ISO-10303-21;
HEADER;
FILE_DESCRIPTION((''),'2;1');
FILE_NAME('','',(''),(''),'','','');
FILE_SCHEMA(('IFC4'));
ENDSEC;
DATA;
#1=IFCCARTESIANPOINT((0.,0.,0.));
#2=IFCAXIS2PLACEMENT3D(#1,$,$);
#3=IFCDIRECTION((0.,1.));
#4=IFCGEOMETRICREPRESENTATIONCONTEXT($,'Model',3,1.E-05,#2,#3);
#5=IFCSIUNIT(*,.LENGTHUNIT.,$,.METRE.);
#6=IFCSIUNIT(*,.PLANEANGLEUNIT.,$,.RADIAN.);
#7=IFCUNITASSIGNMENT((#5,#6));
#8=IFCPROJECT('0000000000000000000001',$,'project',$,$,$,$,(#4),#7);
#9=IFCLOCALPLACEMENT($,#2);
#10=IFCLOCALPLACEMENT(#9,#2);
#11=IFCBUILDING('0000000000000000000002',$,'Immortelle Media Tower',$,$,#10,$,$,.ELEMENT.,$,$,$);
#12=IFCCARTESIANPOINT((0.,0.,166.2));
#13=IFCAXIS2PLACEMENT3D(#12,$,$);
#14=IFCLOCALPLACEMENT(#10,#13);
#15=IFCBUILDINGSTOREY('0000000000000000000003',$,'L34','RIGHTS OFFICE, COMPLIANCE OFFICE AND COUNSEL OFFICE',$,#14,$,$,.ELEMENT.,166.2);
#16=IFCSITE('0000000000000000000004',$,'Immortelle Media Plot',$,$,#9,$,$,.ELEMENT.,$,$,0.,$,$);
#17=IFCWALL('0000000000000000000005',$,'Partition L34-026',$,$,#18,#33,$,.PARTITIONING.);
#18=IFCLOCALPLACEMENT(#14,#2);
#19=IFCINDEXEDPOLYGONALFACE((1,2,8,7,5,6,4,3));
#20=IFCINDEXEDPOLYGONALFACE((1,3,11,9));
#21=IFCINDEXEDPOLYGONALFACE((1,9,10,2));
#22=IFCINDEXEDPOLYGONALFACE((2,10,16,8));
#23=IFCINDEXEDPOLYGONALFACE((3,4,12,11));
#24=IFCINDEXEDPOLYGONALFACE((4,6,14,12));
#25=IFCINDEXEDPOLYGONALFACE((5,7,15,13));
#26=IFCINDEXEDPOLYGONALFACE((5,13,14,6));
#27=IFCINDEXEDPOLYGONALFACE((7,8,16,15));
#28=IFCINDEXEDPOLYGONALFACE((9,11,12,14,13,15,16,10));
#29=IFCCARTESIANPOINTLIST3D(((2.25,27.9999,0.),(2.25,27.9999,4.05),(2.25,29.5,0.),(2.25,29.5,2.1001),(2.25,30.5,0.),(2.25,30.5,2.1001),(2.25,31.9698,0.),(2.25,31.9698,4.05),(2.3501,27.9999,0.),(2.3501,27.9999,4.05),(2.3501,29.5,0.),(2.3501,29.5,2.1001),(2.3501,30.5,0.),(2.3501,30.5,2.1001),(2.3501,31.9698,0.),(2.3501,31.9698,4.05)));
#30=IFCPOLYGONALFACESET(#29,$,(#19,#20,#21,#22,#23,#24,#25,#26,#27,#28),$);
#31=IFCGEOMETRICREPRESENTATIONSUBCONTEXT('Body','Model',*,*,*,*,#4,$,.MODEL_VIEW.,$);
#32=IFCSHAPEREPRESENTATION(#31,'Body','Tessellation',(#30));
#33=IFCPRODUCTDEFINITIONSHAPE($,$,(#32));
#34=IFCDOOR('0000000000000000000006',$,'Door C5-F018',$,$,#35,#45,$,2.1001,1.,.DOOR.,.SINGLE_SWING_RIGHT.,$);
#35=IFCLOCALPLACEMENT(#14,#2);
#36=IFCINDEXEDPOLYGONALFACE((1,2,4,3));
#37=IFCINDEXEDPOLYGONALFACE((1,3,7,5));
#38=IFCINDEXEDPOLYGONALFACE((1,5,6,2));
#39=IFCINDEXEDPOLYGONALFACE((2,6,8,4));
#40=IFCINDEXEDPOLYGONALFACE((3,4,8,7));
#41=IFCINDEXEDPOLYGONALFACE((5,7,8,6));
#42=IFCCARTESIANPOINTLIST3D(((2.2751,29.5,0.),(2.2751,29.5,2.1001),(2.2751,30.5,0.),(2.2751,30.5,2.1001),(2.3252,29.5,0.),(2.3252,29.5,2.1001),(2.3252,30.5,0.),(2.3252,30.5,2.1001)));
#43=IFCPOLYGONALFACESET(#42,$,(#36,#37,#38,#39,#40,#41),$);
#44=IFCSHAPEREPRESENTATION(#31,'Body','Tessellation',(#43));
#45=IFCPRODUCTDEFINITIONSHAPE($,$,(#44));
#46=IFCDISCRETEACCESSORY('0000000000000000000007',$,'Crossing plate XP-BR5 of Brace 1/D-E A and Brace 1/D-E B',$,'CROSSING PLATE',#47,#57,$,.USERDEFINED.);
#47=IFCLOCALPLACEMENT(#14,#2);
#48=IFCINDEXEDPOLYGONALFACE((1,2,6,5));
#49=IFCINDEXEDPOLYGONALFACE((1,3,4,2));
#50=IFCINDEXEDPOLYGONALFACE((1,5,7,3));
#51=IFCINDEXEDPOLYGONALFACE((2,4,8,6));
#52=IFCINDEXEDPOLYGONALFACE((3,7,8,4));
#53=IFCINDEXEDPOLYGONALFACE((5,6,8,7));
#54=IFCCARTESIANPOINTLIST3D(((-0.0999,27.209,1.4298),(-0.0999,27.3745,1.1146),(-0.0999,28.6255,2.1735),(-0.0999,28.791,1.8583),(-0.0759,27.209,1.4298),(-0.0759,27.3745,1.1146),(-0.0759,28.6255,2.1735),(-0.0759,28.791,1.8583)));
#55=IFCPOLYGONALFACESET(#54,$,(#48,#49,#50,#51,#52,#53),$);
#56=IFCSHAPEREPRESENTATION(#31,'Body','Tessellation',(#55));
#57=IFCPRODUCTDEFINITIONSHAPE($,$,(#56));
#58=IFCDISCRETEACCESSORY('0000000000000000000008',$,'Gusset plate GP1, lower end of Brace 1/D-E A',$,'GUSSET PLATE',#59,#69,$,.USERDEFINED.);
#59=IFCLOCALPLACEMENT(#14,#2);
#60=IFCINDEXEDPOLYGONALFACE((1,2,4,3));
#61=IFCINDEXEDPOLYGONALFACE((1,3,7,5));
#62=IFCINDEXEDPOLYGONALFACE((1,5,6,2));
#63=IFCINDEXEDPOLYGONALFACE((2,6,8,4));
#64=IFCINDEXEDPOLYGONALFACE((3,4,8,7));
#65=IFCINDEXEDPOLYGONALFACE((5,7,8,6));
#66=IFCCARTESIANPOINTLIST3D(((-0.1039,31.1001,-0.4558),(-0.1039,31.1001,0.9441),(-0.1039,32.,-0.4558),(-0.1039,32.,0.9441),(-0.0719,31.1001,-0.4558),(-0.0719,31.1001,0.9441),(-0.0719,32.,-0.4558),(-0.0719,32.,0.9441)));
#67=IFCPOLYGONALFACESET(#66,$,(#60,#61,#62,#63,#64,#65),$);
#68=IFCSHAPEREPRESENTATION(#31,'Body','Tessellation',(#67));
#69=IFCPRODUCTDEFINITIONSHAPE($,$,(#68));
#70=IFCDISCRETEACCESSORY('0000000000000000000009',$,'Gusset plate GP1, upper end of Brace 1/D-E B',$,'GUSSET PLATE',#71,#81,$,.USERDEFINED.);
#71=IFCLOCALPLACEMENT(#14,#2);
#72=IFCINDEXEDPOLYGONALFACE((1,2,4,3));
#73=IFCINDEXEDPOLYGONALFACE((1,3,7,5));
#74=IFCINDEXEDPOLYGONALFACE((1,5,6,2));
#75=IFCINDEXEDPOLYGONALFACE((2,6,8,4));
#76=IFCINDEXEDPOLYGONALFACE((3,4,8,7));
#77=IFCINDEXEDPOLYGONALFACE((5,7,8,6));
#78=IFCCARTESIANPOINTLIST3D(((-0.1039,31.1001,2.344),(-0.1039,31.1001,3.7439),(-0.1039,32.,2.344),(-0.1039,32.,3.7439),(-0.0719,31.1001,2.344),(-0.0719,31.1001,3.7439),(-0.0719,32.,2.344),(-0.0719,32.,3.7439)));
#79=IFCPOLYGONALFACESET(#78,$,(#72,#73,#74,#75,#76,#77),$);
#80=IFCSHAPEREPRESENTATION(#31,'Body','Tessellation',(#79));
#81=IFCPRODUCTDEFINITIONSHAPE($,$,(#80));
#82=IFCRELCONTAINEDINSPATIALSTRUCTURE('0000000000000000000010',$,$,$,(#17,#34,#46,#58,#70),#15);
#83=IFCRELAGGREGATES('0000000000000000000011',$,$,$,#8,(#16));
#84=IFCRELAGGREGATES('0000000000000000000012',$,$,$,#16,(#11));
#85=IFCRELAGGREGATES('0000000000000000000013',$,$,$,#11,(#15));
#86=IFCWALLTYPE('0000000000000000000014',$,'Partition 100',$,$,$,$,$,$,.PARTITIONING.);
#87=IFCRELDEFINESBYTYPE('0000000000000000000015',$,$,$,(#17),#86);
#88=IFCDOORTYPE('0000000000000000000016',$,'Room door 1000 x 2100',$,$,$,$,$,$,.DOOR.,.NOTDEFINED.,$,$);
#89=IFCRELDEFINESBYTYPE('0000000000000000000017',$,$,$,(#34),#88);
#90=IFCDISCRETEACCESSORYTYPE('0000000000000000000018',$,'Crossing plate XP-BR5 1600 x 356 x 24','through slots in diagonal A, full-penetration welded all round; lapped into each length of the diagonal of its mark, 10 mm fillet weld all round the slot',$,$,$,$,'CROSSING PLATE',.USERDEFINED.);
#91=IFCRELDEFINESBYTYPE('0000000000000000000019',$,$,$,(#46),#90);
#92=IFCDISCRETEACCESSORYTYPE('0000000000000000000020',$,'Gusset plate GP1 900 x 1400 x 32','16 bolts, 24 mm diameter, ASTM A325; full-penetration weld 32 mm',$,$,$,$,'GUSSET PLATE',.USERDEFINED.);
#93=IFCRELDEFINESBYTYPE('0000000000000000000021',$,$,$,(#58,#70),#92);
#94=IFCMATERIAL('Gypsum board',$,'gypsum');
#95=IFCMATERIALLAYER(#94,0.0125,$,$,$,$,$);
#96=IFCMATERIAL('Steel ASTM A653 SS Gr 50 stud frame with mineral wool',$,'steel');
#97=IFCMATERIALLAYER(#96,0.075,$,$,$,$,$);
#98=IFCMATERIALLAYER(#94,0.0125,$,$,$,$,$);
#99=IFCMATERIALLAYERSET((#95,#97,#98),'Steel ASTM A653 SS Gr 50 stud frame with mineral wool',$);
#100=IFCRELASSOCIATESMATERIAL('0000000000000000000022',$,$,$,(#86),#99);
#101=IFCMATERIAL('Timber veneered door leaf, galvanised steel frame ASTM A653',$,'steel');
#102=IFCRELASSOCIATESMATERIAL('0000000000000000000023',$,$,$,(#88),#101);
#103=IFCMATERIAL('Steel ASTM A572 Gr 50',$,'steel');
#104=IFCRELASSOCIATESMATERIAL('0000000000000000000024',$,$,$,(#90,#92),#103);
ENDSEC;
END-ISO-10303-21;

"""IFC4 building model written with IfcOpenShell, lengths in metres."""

from ifc_helpers import new_model, si_unit, direction, frame, frame_2d, origin, origin_2d, place, context, subcontext, project, spatial, rectangle, extrude, material, layer, layer_set, material_profile, profile_set, type_object, element, fill, save


model = new_model("IFC4")

# Units and contexts
model_context = context("Model", 3, precision=1e-05, world=origin(), true_north=direction((0.0, 1.0)))
body_context = subcontext(model_context, "Body", "Model", "MODEL_VIEW")
ifc_project = project(units=[si_unit("LENGTHUNIT", "METRE"), si_unit("PLANEANGLEUNIT", "RADIAN")], contexts=[model_context])

# Site, building, storey
site_placement = place(None, origin())
site = spatial("IfcSite", under=ifc_project, at=site_placement, Name="Immortelle Media Plot", CompositionType="ELEMENT", RefElevation=0.0)
building_placement = place(site_placement, origin())
building = spatial("IfcBuilding", under=site, at=building_placement, Name="Immortelle Media Tower", CompositionType="ELEMENT")
storey_placement = place(building_placement, frame((0.0, 0.0, 166.2)))
storey = spatial("IfcBuildingStorey", under=building, at=storey_placement, Name="L34", Description="RIGHTS OFFICE, COMPLIANCE OFFICE AND COUNSEL OFFICE", CompositionType="ELEMENT", Elevation=166.2)

# Shared definitions
ifc_material_1 = material(Name="Steel ASTM A653 SS Gr 50 stud frame with mineral wool", Category="steel")
ifc_material_2 = material(Name="Gypsum board", Category="gypsum")
ifc_layer_1 = layer(ifc_material_2, 0.0125)
ifc_layer_2 = layer(ifc_material_1, 0.075)
ifc_layer_3 = layer(ifc_material_2, 0.0125)
ifc_layer_set_1 = layer_set([ifc_layer_1, ifc_layer_2, ifc_layer_3], Name="Steel ASTM A653 SS Gr 50 stud frame with mineral wool")
wall_type_1 = type_object("IfcWallType", Name="Partition 100", PredefinedType="PARTITIONING", material=ifc_layer_set_1)

# Wall, opening, door
wall_1_placement = place(storey_placement, frame((2.3, 28.0, 0.0), z_axis=(0.0, 0.0, 1.0), x_axis=(0.0, 1.0, 0.0)))
wall_1 = element("IfcWall", 1, at=wall_1_placement, inside=storey, type_object=wall_type_1, Name="Partition L34-026", PredefinedType="PARTITIONING", context=body_context, shape_type="SweptSolid", body=[
    extrude(rectangle(XDim=3.97, YDim=0.1001, at=frame_2d((1.9849, 0.0))), origin(), (0.0, 0.0, 1.0), 4.05),
])
opening_placement = place(wall_1_placement, frame((1.5, 0.0, 0.0)))
opening = element("IfcOpeningElement", 2, at=opening_placement, cuts=wall_1, PredefinedType="OPENING", context=body_context, shape_type="SweptSolid", body=[
    extrude(rectangle(XDim=1.0, YDim=2.1001, at=frame_2d((0.5, 1.05))), frame((0.0, 0.0601, 0.0), z_axis=(0.0, -1.0, 0.0), x_axis=(1.0, 0.0, 0.0)), (0.0, 0.0, 1.0), 0.1201),
])
ifc_material_3 = material(Name="Timber veneered door leaf, galvanised steel frame ASTM A653", Category="steel")
door_type = type_object("IfcDoorType", Name="Room door 1000 x 2100", OperationType="NOTDEFINED", PredefinedType="DOOR", material=ifc_material_3)
door_placement = place(opening_placement, origin())
door = element("IfcDoor", 3, at=door_placement, inside=storey, type_object=door_type, Name="Door C5-F018", OperationType="SINGLE_SWING_RIGHT", OverallHeight=2.1001, OverallWidth=1.0, PredefinedType="DOOR", context=body_context, shape_type="SweptSolid", body=[
    extrude(rectangle(XDim=1.0, YDim=2.1001, at=frame_2d((0.5, 1.05))), frame((0.0, 0.0249, 0.0), z_axis=(0.0, -1.0, 0.0), x_axis=(1.0, 0.0, 0.0)), (0.0, 0.0, 1.0), 0.05),
])
fill(opening, door)

# Discrete accessories
ifc_material_4 = material(Name="Steel ASTM A572 Gr 50", Category="steel")
ifc_material_profile_1 = material_profile(ifc_material_4, rectangle(XDim=0.0239, YDim=0.356, at=origin_2d()), Name="PL 24 x 356")
ifc_profile_set_1 = profile_set([ifc_material_profile_1], Name="Steel ASTM A572 Gr 50")
discrete_accessory_type_1 = type_object("IfcDiscreteAccessoryType", Name="Crossing plate XP-BR5 1600 x 356 x 24", Description="through slots in diagonal A, full-penetration welded all round; lapped into each length of the diagonal of its mark, 10 mm fillet weld all round the slot", ElementType="CROSSING PLATE", PredefinedType="USERDEFINED", material=ifc_profile_set_1)
discrete_accessory_placement = place(storey_placement, frame((-0.0879, 28.7083, 2.0159), z_axis=(0.0, -0.885401, -0.464828), x_axis=(1.0, 0.0, 0.0)))
element("IfcDiscreteAccessory", 4, at=discrete_accessory_placement, inside=storey, type_object=discrete_accessory_type_1, Name="Crossing plate XP-BR5 of Brace 1/D-E A and Brace 1/D-E B", ObjectType="CROSSING PLATE", PredefinedType="USERDEFINED", context=body_context, shape_type="SweptSolid", body=[
    extrude(rectangle(XDim=0.0239, YDim=0.356, at=origin_2d()), origin(), (0.0, 0.0, 1.0), 1.5999),
])
ifc_material_profile_2 = material_profile(ifc_material_4, rectangle(XDim=0.032, YDim=1.3999, at=origin_2d()), Name="PL 32 x 1400")
ifc_profile_set_2 = profile_set([ifc_material_profile_2], Name="Steel ASTM A572 Gr 50")
discrete_accessory_type_2 = type_object("IfcDiscreteAccessoryType", Name="Gusset plate GP1 900 x 1400 x 32", Description="16 bolts, 24 mm diameter, ASTM A325; full-penetration weld 32 mm", ElementType="GUSSET PLATE", PredefinedType="USERDEFINED", material=ifc_profile_set_2)
for number, where, z_axis, x_axis, name in (
    (5, (-0.0879, 32.0, 0.2441), (0.0, -1.0, 0.0), (1.0, 0.0, 0.0), "Gusset plate GP1, lower end of Brace 1/D-E A"),
    (6, (-0.0879, 32.0, 3.0439), (0.0, -1.0, 0.0), (1.0, 0.0, 0.0), "Gusset plate GP1, upper end of Brace 1/D-E B"),
):
    element("IfcDiscreteAccessory", number, at=place(storey_placement, frame(where, z_axis=z_axis, x_axis=x_axis)), inside=storey, type_object=discrete_accessory_type_2, Name=name, ObjectType="GUSSET PLATE", PredefinedType="USERDEFINED", context=body_context, shape_type="SweptSolid", body=[
        extrude(rectangle(XDim=0.032, YDim=1.3999, at=origin_2d()), origin(), (0.0, 0.0, 1.0), 0.8999),
    ])

save(model, "model.ifc")
